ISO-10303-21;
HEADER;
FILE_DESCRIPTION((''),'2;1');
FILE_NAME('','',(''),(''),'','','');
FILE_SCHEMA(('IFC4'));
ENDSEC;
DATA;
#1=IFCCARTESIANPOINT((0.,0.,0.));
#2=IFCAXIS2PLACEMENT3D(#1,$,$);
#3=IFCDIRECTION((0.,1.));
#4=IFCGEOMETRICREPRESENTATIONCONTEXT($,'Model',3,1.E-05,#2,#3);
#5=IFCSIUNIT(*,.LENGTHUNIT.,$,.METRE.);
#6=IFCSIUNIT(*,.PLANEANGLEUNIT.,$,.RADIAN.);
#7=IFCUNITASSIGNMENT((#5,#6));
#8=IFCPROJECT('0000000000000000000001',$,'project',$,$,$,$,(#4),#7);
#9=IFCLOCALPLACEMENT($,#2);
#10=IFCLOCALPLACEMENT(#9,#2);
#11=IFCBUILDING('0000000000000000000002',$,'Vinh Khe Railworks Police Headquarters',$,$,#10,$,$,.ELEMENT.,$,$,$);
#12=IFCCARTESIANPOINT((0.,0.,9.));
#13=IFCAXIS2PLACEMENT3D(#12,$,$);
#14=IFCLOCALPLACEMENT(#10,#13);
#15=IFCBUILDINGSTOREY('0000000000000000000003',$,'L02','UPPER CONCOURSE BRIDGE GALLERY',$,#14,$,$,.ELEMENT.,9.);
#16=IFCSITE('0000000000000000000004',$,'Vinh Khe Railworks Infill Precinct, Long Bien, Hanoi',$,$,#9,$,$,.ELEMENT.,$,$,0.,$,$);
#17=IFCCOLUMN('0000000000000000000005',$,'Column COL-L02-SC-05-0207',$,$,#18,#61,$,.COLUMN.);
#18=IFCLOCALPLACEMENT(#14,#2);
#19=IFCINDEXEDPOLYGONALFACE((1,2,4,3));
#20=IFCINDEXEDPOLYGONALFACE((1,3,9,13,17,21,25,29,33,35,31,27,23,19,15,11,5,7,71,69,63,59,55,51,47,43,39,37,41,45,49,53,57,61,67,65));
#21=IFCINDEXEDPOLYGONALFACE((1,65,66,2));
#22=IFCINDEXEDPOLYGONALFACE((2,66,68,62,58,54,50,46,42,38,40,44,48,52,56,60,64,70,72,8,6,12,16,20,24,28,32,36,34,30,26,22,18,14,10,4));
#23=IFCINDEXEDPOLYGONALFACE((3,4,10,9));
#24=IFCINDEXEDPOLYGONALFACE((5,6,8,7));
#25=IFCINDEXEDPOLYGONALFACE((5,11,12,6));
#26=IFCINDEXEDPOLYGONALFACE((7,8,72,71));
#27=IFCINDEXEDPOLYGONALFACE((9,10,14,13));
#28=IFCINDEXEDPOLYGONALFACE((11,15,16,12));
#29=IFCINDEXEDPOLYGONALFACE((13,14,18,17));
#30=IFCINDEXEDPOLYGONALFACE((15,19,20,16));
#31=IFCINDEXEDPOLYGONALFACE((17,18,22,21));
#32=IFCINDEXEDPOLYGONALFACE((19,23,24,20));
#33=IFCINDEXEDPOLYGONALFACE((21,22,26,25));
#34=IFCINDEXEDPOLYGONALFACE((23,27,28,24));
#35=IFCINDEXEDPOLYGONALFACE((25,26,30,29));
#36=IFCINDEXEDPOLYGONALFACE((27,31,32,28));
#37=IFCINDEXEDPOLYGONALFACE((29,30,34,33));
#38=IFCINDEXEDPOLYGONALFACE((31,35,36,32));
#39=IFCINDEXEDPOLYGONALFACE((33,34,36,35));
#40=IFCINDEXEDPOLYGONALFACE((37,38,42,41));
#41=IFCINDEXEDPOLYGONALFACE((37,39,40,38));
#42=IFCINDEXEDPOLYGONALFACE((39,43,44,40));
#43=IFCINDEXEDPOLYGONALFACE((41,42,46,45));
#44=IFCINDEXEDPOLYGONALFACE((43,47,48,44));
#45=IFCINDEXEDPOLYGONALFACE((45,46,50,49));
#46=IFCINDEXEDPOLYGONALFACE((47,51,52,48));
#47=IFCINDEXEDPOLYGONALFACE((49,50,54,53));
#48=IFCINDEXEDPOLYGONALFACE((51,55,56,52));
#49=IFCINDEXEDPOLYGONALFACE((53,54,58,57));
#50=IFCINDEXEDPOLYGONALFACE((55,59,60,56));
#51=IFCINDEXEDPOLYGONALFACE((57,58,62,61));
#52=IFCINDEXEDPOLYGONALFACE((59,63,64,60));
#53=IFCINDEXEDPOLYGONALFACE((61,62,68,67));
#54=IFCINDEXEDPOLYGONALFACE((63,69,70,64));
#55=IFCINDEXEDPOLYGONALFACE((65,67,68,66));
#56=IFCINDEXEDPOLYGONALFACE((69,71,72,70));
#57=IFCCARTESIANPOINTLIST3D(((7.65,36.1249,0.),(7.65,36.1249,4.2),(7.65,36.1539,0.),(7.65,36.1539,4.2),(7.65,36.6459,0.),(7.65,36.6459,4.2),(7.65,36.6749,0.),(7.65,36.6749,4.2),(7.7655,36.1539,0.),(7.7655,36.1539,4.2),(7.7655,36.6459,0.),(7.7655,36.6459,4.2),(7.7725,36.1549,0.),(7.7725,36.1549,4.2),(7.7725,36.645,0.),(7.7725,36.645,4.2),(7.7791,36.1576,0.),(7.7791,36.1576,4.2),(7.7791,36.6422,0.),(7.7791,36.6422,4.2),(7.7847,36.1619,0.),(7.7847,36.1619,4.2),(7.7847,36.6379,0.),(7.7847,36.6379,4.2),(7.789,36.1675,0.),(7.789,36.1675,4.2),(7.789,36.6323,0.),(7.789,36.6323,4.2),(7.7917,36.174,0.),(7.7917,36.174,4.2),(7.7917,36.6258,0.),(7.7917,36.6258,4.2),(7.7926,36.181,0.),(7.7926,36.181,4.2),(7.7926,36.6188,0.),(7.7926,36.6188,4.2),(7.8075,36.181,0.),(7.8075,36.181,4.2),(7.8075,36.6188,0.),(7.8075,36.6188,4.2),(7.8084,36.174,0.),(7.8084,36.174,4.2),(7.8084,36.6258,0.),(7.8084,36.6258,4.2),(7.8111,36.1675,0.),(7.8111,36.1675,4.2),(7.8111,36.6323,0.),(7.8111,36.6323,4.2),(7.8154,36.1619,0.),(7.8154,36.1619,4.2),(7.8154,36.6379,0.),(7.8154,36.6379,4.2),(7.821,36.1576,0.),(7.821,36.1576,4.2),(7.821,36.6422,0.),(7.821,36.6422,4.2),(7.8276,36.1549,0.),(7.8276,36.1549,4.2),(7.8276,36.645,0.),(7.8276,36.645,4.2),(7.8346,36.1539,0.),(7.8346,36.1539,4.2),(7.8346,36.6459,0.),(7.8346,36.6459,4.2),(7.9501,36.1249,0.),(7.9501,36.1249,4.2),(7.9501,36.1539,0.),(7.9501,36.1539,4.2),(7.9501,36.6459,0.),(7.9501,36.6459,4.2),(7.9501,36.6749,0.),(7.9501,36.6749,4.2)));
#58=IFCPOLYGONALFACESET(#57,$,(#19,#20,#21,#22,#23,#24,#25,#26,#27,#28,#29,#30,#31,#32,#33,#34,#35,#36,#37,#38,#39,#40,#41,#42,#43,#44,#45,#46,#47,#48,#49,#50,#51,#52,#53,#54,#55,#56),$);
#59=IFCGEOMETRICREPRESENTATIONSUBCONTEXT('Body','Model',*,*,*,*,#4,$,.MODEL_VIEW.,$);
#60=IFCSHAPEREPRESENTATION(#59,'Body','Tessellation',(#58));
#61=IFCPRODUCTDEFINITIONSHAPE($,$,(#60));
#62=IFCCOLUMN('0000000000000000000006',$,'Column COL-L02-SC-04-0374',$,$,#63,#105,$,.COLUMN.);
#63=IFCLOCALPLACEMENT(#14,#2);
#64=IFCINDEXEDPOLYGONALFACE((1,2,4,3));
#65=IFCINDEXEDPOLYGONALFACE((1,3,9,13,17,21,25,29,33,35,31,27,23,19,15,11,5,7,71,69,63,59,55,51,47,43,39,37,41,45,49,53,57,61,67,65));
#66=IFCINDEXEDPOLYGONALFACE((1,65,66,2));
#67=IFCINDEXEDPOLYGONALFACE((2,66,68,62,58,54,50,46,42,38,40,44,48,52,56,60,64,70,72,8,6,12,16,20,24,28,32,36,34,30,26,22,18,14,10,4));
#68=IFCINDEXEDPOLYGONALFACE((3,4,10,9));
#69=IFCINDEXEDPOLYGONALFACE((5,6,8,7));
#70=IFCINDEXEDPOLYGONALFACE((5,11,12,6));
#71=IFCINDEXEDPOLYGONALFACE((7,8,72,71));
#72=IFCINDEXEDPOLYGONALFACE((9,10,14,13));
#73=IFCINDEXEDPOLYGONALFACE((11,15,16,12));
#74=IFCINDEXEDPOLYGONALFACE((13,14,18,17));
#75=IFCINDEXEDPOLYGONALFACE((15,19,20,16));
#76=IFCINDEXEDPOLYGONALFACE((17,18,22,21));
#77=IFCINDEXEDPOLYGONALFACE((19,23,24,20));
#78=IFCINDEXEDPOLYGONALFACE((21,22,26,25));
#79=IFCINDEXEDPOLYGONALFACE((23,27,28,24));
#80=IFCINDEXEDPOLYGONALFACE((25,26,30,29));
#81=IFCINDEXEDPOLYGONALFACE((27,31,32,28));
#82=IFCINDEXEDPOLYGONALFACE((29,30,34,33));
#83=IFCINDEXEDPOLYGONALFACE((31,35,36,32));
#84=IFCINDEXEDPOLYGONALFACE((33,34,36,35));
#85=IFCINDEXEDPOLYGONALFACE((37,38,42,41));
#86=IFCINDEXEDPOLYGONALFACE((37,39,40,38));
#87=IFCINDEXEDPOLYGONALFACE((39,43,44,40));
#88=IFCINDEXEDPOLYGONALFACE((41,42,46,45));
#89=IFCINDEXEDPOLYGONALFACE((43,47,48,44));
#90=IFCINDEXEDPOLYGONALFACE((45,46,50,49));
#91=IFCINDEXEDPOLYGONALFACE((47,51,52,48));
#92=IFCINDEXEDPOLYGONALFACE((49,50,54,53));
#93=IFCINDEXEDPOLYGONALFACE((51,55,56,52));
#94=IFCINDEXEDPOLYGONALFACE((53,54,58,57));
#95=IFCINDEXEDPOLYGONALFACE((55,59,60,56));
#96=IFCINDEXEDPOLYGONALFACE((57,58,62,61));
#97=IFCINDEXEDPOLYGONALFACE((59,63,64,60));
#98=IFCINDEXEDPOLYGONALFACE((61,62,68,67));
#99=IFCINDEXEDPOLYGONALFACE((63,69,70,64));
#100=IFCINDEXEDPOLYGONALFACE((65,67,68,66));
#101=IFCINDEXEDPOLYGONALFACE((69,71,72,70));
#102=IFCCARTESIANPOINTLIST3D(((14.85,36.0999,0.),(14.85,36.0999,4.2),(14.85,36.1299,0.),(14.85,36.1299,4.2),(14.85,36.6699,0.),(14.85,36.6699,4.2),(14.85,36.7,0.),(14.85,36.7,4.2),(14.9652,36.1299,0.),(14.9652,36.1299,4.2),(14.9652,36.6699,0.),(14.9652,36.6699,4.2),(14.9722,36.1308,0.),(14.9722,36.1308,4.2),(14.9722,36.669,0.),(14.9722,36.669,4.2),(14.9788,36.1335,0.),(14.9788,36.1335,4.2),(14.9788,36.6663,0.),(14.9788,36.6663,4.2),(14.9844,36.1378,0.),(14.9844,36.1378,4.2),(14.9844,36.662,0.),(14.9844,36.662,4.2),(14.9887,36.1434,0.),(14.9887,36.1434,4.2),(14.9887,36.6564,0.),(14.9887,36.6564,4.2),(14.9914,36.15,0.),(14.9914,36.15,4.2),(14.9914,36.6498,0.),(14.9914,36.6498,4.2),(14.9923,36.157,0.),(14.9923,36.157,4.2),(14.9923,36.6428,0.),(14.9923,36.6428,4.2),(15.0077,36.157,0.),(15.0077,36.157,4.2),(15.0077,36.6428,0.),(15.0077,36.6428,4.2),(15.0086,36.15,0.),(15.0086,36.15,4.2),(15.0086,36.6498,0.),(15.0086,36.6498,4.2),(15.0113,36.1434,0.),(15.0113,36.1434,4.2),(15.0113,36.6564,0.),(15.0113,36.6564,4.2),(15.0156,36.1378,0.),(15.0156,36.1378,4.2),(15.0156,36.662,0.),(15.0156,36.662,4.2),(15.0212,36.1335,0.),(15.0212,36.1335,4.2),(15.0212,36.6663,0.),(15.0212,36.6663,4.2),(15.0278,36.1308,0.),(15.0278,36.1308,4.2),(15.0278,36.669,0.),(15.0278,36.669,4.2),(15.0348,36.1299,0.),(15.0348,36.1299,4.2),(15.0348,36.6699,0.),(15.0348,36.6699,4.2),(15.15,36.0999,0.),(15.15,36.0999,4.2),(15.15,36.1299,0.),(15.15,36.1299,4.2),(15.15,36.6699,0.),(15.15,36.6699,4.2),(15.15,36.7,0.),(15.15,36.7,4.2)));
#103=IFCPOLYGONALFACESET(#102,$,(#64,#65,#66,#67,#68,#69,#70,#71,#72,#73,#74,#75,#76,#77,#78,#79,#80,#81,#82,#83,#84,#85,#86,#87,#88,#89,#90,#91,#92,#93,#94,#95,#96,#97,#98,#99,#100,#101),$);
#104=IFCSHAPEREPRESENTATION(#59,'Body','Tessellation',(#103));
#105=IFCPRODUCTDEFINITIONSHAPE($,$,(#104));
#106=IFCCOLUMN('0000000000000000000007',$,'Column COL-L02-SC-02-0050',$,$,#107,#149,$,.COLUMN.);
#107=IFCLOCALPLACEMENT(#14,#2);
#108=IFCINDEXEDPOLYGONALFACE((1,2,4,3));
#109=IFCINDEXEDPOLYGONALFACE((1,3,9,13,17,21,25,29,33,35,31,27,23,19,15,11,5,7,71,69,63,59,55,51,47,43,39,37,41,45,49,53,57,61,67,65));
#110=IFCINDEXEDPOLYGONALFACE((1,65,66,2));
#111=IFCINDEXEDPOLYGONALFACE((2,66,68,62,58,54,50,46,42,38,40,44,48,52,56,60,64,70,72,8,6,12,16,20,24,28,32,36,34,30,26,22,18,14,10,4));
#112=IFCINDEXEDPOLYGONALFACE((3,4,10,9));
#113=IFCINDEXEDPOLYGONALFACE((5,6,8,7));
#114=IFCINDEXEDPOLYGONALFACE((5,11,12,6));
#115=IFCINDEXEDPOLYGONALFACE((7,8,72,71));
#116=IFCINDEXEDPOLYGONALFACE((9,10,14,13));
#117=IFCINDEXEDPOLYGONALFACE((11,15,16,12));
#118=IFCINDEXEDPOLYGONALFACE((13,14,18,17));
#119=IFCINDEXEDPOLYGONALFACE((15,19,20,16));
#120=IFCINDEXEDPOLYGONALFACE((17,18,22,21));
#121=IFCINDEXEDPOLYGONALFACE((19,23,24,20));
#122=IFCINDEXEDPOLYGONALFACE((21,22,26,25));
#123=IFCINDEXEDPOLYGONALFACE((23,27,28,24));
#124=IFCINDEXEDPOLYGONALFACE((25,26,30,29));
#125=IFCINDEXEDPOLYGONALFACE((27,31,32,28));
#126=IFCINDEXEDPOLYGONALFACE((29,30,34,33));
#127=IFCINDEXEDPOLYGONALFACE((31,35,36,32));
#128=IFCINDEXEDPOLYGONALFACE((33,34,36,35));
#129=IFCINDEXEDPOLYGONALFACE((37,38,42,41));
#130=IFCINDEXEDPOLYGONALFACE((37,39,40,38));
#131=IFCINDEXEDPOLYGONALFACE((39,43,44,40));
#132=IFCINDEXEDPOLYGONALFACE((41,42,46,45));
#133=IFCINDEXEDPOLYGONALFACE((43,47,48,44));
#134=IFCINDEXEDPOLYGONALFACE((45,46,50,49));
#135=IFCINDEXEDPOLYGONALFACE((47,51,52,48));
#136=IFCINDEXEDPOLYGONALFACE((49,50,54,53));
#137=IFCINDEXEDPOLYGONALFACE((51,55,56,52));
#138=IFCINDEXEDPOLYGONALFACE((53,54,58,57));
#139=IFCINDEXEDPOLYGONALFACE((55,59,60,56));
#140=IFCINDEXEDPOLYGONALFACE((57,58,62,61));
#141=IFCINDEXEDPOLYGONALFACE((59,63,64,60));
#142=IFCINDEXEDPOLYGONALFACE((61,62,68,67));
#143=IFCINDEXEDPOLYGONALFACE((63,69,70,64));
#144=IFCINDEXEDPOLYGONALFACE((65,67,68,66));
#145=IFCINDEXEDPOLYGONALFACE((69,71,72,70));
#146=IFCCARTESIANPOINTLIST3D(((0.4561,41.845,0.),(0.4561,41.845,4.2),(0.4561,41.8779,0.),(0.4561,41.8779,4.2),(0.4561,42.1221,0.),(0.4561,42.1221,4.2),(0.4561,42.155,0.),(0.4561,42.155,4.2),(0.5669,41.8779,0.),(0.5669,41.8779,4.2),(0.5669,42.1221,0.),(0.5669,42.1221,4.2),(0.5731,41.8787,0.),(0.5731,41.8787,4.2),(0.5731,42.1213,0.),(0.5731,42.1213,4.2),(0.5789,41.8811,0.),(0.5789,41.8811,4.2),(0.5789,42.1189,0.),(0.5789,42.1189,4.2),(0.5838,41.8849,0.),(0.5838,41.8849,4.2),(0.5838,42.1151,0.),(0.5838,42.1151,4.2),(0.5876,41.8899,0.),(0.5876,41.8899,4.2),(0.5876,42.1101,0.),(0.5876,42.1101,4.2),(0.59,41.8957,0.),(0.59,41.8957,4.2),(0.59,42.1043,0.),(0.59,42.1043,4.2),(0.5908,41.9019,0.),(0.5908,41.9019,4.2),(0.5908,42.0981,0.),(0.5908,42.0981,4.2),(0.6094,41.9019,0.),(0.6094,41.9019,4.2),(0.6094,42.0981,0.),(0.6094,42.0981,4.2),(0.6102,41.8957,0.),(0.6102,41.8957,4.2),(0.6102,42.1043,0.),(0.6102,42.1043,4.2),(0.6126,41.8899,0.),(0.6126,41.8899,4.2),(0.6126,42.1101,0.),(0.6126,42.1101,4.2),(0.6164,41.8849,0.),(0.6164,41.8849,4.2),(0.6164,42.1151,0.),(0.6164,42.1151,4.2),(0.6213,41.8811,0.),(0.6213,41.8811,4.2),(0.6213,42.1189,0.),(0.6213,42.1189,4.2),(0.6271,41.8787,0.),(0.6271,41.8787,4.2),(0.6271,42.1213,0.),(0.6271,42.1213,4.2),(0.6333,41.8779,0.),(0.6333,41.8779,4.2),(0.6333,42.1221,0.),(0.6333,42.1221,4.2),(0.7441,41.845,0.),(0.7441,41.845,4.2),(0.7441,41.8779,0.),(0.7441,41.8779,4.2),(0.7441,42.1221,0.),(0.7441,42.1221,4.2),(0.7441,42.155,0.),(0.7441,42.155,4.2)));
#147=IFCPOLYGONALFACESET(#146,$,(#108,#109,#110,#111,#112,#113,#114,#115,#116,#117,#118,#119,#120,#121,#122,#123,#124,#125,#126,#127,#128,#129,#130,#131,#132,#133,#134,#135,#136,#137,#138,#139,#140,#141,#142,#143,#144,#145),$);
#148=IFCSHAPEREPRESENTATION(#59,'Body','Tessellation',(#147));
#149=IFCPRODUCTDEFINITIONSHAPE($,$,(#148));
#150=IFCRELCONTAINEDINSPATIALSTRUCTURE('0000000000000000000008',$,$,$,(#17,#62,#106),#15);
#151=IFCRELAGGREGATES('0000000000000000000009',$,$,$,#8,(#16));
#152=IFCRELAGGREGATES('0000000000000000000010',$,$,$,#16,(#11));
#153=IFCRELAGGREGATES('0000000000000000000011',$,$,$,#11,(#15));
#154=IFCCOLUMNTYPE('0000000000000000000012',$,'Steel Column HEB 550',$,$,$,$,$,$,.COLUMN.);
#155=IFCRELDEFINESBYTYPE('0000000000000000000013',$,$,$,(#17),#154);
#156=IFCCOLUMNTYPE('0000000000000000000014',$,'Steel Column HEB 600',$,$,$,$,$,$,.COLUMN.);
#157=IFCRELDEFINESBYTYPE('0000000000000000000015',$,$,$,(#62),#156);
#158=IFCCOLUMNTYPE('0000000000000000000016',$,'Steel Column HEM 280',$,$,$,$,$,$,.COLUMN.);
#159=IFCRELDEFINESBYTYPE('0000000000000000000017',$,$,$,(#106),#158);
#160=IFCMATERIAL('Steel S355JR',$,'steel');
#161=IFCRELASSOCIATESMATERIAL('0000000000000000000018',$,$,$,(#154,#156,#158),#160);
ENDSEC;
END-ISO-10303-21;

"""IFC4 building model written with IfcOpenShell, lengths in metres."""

from ifc_helpers import new_model, si_unit, direction, frame, origin, origin_2d, place, context, subcontext, project, spatial, i_section, extrude, material, material_profile, profile_set, type_object, element, save


model = new_model("IFC4")

# Units and contexts
model_context = context("Model", 3, precision=1e-05, world=origin(), true_north=direction((0.0, 1.0)))
body_context = subcontext(model_context, "Body", "Model", "MODEL_VIEW")
ifc_project = project(units=[si_unit("LENGTHUNIT", "METRE"), si_unit("PLANEANGLEUNIT", "RADIAN")], contexts=[model_context])

# Site, building, storey
site_placement = place(None, origin())
site = spatial("IfcSite", under=ifc_project, at=site_placement, Name="Vinh Khe Railworks Infill Precinct, Long Bien, Hanoi", CompositionType="ELEMENT", RefElevation=0.0)
building_placement = place(site_placement, origin())
building = spatial("IfcBuilding", under=site, at=building_placement, Name="Vinh Khe Railworks Police Headquarters", CompositionType="ELEMENT")
storey_placement = place(building_placement, frame((0.0, 0.0, 9.0)))
storey = spatial("IfcBuildingStorey", under=building, at=storey_placement, Name="L02", Description="UPPER CONCOURSE BRIDGE GALLERY", CompositionType="ELEMENT", Elevation=9.0)

# Columns
ifc_material_1 = material(Name="Steel S355JR", Category="steel")
ifc_material_profile_1 = material_profile(ifc_material_1, i_section(OverallWidth=0.3, OverallDepth=0.55, WebThickness=0.0149, FlangeThickness=0.0291, FilletRadius=0.0271, at=origin_2d()), Name="HEB 550")
ifc_profile_set_1 = profile_set([ifc_material_profile_1], Name="Steel S355JR")
column_type_1 = type_object("IfcColumnType", Name="Steel Column HEB 550", PredefinedType="COLUMN", material=ifc_profile_set_1)
column_1_placement = place(storey_placement, frame((7.8, 36.3999, 0.0), z_axis=(0.0, 0.0, 1.0), x_axis=(1.0, 0.0, 0.0)))
element("IfcColumn", 1, at=column_1_placement, inside=storey, type_object=column_type_1, Name="Column COL-L02-SC-05-0207", PredefinedType="COLUMN", context=body_context, shape_type="SweptSolid", body=[
    extrude(i_section(OverallWidth=0.3, OverallDepth=0.55, WebThickness=0.0149, FlangeThickness=0.0291, FilletRadius=0.0271, at=origin_2d()), origin(), (0.0, 0.0, 1.0), 4.2),
])
ifc_material_profile_2 = material_profile(ifc_material_1, i_section(OverallWidth=0.3, OverallDepth=0.6001, WebThickness=0.0154, FlangeThickness=0.03, FilletRadius=0.0271, at=origin_2d()), Name="HEB 600")
ifc_profile_set_2 = profile_set([ifc_material_profile_2], Name="Steel S355JR")
column_type_2 = type_object("IfcColumnType", Name="Steel Column HEB 600", PredefinedType="COLUMN", material=ifc_profile_set_2)
column_2_placement = place(storey_placement, frame((15.0, 36.3999, 0.0), z_axis=(0.0, 0.0, 1.0), x_axis=(1.0, 0.0, 0.0)))
element("IfcColumn", 2, at=column_2_placement, inside=storey, type_object=column_type_2, Name="Column COL-L02-SC-04-0374", PredefinedType="COLUMN", context=body_context, shape_type="SweptSolid", body=[
    extrude(i_section(OverallWidth=0.3, OverallDepth=0.6001, WebThickness=0.0154, FlangeThickness=0.03, FilletRadius=0.0271, at=origin_2d()), origin(), (0.0, 0.0, 1.0), 4.2),
])
ifc_material_profile_3 = material_profile(ifc_material_1, i_section(OverallWidth=0.2881, OverallDepth=0.3101, WebThickness=0.0186, FlangeThickness=0.033, FilletRadius=0.0239, at=origin_2d()), Name="HEM 280")
ifc_profile_set_3 = profile_set([ifc_material_profile_3], Name="Steel S355JR")
column_type_3 = type_object("IfcColumnType", Name="Steel Column HEM 280", PredefinedType="COLUMN", material=ifc_profile_set_3)
column_3_placement = place(storey_placement, frame((0.6001, 42.0, 0.0), z_axis=(0.0, 0.0, 1.0), x_axis=(1.0, 0.0, 0.0)))
element("IfcColumn", 3, at=column_3_placement, inside=storey, type_object=column_type_3, Name="Column COL-L02-SC-02-0050", PredefinedType="COLUMN", context=body_context, shape_type="SweptSolid", body=[
    extrude(i_section(OverallWidth=0.2881, OverallDepth=0.3101, WebThickness=0.0186, FlangeThickness=0.033, FilletRadius=0.0239, at=origin_2d()), origin(), (0.0, 0.0, 1.0), 4.2),
])

save(model, "model.ifc")
